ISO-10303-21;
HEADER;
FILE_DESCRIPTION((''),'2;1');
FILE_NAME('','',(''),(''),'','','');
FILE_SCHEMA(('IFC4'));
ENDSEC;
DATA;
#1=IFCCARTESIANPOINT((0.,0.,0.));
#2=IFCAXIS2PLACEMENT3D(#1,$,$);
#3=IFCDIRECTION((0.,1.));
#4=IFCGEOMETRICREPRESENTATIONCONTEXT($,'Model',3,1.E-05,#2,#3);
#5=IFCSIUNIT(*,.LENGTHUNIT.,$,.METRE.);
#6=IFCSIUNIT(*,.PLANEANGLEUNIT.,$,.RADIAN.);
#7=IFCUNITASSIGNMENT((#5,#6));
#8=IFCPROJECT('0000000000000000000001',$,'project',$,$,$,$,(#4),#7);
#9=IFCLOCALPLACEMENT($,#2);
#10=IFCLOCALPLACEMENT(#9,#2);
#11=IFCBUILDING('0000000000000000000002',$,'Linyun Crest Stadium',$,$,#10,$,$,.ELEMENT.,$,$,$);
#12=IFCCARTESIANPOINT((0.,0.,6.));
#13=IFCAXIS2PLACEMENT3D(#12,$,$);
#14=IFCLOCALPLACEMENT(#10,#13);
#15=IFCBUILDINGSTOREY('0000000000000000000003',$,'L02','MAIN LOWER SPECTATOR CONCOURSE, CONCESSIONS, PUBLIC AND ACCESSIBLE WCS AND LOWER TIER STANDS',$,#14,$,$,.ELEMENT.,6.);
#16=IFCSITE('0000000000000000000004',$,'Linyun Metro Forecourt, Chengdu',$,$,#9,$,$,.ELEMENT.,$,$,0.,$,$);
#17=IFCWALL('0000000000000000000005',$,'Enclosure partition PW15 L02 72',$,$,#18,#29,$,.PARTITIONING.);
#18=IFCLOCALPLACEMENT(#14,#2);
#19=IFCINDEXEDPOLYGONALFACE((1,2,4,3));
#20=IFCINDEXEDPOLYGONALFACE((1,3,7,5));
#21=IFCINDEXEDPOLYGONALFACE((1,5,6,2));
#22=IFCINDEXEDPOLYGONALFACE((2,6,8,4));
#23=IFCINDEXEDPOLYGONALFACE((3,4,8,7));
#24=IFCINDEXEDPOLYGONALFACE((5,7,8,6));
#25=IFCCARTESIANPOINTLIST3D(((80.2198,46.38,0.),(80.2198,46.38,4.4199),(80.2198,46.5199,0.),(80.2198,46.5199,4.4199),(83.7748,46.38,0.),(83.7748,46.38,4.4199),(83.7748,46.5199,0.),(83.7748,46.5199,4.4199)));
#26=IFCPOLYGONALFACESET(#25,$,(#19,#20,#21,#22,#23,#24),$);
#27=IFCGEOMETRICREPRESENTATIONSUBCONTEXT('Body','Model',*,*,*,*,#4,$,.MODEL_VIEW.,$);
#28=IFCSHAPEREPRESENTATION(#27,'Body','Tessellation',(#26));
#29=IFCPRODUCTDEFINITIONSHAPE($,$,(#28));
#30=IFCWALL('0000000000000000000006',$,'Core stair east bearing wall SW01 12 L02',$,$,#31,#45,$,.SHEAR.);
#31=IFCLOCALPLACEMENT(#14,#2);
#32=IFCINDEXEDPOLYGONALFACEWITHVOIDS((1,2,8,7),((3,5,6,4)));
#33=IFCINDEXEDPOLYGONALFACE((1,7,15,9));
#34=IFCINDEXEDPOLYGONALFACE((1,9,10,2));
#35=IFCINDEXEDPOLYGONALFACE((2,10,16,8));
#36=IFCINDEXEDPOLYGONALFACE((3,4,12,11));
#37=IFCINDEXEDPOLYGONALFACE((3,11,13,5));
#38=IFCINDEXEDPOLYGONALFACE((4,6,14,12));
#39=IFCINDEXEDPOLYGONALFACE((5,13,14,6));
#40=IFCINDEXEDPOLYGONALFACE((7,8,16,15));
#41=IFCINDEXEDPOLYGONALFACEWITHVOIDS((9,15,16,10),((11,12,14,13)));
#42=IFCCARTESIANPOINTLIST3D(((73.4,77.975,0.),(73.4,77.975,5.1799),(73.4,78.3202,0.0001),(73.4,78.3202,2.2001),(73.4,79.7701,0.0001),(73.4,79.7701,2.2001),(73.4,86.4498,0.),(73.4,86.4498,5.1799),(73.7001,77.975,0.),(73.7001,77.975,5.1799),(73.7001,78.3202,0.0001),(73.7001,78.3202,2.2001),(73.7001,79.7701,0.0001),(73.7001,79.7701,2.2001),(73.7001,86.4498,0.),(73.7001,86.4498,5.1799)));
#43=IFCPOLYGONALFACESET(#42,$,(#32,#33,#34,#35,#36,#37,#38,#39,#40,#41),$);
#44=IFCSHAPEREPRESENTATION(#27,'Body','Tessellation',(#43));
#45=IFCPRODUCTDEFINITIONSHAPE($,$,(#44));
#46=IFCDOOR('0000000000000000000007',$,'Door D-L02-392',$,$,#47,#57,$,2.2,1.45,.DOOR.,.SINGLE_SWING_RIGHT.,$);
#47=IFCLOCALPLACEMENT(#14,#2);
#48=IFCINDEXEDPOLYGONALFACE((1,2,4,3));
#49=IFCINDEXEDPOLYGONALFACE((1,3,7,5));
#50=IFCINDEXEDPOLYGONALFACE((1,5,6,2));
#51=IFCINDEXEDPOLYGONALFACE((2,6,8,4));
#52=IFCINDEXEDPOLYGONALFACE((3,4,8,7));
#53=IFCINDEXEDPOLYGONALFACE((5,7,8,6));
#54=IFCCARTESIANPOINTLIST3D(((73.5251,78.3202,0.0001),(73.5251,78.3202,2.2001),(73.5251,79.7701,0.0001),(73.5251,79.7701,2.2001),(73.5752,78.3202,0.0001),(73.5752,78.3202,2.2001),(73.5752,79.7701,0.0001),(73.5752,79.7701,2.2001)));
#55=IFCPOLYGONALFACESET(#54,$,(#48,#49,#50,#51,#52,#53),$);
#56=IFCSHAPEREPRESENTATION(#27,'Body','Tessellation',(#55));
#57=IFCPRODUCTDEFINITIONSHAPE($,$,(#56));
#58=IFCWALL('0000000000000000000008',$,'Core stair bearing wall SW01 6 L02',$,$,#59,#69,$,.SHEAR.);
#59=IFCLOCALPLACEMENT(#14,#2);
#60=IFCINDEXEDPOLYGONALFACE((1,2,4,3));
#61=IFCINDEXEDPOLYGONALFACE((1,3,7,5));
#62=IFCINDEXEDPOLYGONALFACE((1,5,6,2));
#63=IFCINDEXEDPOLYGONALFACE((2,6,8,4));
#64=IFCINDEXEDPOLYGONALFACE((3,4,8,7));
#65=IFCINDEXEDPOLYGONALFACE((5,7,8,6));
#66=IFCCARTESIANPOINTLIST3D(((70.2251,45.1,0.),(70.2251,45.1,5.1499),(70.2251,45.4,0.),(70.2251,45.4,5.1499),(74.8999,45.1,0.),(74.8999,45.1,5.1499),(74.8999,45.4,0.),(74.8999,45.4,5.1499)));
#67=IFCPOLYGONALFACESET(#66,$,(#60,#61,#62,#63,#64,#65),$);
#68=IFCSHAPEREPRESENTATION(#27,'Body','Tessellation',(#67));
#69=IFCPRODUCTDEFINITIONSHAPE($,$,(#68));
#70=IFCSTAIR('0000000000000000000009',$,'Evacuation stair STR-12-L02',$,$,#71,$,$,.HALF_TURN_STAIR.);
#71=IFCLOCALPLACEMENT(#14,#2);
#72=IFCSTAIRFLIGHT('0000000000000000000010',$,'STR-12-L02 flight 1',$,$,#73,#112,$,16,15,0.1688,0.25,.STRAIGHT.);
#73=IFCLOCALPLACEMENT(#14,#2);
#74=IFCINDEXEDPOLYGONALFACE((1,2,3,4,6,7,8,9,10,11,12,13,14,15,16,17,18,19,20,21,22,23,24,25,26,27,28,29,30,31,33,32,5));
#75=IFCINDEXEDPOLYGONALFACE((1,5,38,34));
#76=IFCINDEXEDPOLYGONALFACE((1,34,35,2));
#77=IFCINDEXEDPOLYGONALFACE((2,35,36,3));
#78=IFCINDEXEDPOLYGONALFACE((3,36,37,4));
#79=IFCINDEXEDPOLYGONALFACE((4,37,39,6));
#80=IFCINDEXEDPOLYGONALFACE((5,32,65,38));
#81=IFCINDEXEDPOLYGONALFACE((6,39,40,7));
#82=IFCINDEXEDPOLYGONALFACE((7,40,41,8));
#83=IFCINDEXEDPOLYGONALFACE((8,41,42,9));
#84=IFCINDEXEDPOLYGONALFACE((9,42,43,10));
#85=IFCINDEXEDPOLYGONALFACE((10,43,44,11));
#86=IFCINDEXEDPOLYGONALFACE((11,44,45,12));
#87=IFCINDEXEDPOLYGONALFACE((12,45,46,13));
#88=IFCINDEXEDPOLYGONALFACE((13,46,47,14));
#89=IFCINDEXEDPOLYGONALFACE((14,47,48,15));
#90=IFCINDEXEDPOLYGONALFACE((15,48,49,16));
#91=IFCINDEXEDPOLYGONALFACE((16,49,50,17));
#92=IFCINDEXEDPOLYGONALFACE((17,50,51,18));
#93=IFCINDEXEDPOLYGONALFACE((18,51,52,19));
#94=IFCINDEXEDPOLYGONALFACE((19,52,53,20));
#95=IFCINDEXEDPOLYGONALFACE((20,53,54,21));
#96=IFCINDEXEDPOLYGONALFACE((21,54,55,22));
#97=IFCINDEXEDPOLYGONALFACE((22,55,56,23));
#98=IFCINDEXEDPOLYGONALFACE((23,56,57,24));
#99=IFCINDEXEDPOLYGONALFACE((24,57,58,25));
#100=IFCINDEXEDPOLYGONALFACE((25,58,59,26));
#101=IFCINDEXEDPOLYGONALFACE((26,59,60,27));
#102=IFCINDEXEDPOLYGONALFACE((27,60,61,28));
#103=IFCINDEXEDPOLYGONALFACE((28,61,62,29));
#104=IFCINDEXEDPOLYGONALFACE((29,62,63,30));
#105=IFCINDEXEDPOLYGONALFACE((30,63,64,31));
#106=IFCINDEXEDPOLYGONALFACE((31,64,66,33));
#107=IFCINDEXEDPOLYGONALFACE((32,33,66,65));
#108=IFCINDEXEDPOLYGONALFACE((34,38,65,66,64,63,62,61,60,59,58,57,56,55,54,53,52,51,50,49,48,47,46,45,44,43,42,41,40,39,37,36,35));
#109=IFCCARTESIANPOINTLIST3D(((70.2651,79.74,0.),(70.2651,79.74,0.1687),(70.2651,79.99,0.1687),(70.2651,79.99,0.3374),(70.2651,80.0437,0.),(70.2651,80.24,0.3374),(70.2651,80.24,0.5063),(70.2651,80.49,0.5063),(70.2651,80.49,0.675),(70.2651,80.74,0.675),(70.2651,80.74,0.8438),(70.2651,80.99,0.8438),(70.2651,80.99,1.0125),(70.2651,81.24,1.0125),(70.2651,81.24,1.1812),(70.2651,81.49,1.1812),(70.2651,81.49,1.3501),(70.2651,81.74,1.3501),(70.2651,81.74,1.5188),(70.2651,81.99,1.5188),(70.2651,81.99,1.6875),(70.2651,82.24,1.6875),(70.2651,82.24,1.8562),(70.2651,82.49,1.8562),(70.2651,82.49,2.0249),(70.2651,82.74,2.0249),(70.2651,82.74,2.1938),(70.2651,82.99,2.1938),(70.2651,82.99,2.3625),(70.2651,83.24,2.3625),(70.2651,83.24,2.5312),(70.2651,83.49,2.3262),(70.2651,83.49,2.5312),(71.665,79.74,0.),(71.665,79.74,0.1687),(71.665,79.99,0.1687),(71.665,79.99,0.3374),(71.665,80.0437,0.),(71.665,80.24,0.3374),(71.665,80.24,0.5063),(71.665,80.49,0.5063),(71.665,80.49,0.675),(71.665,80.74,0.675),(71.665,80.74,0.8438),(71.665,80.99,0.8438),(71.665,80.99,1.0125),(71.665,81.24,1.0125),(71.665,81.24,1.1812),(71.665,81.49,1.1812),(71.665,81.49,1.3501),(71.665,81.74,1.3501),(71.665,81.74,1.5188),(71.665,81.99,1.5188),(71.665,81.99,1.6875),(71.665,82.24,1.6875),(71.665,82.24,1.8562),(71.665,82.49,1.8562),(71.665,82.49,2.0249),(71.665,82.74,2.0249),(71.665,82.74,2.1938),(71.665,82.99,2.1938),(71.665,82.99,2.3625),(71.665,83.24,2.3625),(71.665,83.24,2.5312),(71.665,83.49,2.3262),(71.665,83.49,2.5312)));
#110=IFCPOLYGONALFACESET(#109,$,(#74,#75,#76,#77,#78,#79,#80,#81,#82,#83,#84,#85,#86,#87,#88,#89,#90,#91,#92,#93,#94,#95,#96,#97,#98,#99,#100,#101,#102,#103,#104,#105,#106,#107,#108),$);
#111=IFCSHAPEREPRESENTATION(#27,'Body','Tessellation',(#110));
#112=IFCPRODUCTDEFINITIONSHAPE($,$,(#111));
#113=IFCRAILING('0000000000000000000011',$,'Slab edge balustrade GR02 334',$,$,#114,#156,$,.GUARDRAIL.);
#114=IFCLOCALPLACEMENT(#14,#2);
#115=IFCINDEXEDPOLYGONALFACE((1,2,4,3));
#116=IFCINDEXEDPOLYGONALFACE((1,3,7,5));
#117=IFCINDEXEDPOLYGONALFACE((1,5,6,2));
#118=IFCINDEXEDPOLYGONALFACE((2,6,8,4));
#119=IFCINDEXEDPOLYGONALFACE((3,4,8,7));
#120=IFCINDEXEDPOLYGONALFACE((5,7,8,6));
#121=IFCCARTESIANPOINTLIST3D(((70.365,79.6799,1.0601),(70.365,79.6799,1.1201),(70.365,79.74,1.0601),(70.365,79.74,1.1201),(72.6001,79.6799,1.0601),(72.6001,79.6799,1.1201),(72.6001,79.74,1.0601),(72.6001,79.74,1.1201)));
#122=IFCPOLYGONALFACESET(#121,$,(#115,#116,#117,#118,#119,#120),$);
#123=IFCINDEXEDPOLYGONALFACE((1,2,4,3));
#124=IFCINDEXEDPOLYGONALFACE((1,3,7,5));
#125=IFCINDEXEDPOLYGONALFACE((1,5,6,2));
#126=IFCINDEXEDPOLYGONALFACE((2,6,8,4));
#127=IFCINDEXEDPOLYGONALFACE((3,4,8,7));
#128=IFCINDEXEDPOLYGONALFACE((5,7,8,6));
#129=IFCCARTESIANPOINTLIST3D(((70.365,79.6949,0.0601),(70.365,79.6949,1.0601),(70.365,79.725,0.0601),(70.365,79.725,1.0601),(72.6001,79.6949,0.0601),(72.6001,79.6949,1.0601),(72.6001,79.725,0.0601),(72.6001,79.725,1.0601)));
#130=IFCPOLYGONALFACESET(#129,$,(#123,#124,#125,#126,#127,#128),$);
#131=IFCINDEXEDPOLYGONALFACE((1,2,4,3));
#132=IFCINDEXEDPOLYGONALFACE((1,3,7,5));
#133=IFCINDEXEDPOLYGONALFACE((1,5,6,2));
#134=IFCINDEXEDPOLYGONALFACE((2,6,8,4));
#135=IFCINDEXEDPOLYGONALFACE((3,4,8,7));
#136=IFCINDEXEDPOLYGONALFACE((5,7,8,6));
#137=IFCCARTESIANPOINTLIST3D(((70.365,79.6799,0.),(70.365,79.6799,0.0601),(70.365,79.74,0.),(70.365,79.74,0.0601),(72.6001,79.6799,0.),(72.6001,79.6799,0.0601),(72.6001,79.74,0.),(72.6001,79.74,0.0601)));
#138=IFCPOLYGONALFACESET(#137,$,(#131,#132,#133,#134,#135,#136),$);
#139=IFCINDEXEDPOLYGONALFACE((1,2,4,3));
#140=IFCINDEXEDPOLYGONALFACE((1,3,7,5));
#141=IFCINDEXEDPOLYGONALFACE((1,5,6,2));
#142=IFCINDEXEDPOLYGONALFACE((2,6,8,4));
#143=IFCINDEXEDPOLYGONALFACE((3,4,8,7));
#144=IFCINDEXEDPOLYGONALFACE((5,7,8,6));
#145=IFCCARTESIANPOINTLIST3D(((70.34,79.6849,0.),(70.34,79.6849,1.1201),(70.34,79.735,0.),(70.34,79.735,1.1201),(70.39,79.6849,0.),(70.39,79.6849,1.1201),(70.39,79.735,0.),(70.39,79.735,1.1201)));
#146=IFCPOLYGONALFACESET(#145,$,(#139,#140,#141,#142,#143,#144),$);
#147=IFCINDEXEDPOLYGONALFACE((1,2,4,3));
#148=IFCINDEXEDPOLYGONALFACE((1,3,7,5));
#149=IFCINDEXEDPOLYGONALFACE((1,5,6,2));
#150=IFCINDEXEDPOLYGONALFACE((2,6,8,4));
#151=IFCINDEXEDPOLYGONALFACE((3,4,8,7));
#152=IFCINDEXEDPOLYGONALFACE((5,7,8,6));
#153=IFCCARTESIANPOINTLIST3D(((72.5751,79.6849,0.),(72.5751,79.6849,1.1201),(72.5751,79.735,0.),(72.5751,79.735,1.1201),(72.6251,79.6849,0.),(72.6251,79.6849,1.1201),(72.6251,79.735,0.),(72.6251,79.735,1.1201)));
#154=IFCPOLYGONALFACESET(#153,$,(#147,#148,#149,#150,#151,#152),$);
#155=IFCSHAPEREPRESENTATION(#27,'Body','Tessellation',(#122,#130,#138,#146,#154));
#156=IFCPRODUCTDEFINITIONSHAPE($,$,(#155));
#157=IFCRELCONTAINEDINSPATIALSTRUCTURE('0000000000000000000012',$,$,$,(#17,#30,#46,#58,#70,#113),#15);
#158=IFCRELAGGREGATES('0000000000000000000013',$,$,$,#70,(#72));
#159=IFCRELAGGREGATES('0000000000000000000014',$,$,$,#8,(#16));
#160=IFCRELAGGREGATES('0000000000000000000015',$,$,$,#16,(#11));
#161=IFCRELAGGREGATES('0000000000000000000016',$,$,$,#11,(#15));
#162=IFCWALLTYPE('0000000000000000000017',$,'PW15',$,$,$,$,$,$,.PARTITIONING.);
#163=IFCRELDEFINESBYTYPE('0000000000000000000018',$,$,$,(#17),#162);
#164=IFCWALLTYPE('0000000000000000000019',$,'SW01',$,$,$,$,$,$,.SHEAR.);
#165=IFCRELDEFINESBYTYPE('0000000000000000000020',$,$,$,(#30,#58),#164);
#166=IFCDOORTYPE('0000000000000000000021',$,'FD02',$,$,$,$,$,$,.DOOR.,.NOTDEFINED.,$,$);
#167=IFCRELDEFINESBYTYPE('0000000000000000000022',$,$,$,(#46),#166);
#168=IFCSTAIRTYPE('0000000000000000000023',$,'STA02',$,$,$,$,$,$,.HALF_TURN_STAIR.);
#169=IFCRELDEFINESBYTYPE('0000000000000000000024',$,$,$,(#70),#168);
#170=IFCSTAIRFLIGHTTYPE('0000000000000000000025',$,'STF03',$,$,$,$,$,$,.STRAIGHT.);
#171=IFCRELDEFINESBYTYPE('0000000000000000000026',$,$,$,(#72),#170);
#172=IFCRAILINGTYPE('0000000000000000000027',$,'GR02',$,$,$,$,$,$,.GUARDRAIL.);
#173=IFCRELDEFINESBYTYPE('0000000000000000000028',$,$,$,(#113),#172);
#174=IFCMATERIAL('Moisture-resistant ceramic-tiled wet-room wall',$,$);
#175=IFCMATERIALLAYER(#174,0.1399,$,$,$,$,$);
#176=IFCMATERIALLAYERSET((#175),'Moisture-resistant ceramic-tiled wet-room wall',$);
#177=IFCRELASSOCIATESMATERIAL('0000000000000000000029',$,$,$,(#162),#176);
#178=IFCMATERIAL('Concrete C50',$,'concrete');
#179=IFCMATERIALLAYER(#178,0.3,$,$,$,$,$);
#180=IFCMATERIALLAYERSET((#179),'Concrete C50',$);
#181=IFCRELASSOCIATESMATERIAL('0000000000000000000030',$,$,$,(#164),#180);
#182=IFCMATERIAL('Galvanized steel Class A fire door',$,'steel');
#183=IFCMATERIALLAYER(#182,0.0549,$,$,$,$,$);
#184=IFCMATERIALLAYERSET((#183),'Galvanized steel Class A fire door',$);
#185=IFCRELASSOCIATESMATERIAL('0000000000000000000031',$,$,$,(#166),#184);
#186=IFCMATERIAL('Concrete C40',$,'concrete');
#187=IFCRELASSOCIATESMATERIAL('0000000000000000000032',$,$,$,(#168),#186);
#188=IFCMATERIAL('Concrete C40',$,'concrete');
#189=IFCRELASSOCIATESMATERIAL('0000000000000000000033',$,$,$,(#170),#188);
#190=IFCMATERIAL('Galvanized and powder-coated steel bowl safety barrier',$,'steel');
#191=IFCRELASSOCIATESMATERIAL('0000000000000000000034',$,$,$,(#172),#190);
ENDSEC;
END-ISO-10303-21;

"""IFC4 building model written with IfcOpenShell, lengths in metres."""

from ifc_helpers import new_model, si_unit, direction, frame, frame_2d, origin, origin_2d, place, context, subcontext, project, spatial, polyline, rectangle, outline, extrude, material, layer, layer_set, type_object, element, fill, aggregate, save


model = new_model("IFC4")

# Units and contexts
model_context = context("Model", 3, precision=1e-05, world=origin(), true_north=direction((0.0, 1.0)))
body_context = subcontext(model_context, "Body", "Model", "MODEL_VIEW")
ifc_project = project(units=[si_unit("LENGTHUNIT", "METRE"), si_unit("PLANEANGLEUNIT", "RADIAN")], contexts=[model_context])

# Site, building, storey
site_placement = place(None, origin())
site = spatial("IfcSite", under=ifc_project, at=site_placement, Name="Linyun Metro Forecourt, Chengdu", CompositionType="ELEMENT", RefElevation=0.0)
building_placement = place(site_placement, origin())
building = spatial("IfcBuilding", under=site, at=building_placement, Name="Linyun Crest Stadium", CompositionType="ELEMENT")
storey_placement = place(building_placement, frame((0.0, 0.0, 6.0)))
storey = spatial("IfcBuildingStorey", under=building, at=storey_placement, Name="L02", Description="MAIN LOWER SPECTATOR CONCOURSE, CONCESSIONS, PUBLIC AND ACCESSIBLE WCS AND LOWER TIER STANDS", CompositionType="ELEMENT", Elevation=6.0)

# Shared definitions
ifc_material_1 = material(Name="Moisture-resistant ceramic-tiled wet-room wall")
ifc_layer_1 = layer(ifc_material_1, 0.1399)
ifc_layer_set_1 = layer_set([ifc_layer_1], Name="Moisture-resistant ceramic-tiled wet-room wall")
wall_type_1 = type_object("IfcWallType", Name="PW15", PredefinedType="PARTITIONING", material=ifc_layer_set_1)

# Wall
wall_1_placement = place(storey_placement, frame((80.22, 46.45, 0.0), z_axis=(0.0, 0.0, 1.0), x_axis=(1.0, 0.0, 0.0)))
element("IfcWall", 1, at=wall_1_placement, inside=storey, type_object=wall_type_1, Name="Enclosure partition PW15 L02 72", PredefinedType="PARTITIONING", context=body_context, shape_type="SweptSolid", body=[
    extrude(rectangle(XDim=3.5549, YDim=0.1399, at=frame_2d((1.7773, 0.0))), origin(), (0.0, 0.0, 1.0), 4.4199),
])

# Wall, opening, door
ifc_material_2 = material(Name="Concrete C50", Category="concrete")
ifc_layer_2 = layer(ifc_material_2, 0.3)
ifc_layer_set_2 = layer_set([ifc_layer_2], Name="Concrete C50")
wall_type_2 = type_object("IfcWallType", Name="SW01", PredefinedType="SHEAR", material=ifc_layer_set_2)
wall_2_placement = place(storey_placement, frame((73.55, 77.9751, 0.0), z_axis=(0.0, 0.0, 1.0), x_axis=(0.0, 1.0, 0.0)))
wall_2 = element("IfcWall", 2, at=wall_2_placement, inside=storey, type_object=wall_type_2, Name="Core stair east bearing wall SW01 12 L02", PredefinedType="SHEAR", context=body_context, shape_type="SweptSolid", body=[
    extrude(rectangle(XDim=8.4749, YDim=0.3, at=frame_2d((4.2373, 0.0))), origin(), (0.0, 0.0, 1.0), 5.1799),
])
opening_1_placement = place(wall_2_placement, frame((0.345, 0.0, 0.0)))
opening_1 = element("IfcOpeningElement", 3, at=opening_1_placement, cuts=wall_2, PredefinedType="OPENING", context=body_context, shape_type="SweptSolid", body=[
    extrude(rectangle(XDim=1.45, YDim=2.2, at=frame_2d((0.7251, 1.1001))), frame((0.0, 0.1599, 0.0), z_axis=(0.0, -1.0, 0.0), x_axis=(1.0, 0.0, 0.0)), (0.0, 0.0, 1.0), 0.3201),
])
ifc_material_3 = material(Name="Galvanized steel Class A fire door", Category="steel")
ifc_layer_3 = layer(ifc_material_3, 0.0549)
ifc_layer_set_3 = layer_set([ifc_layer_3], Name="Galvanized steel Class A fire door")
door_type_1 = type_object("IfcDoorType", Name="FD02", OperationType="NOTDEFINED", PredefinedType="DOOR", material=ifc_layer_set_3)
door_1_placement = place(opening_1_placement, origin())
door_1 = element("IfcDoor", 4, at=door_1_placement, inside=storey, type_object=door_type_1, Name="Door D-L02-392", OperationType="SINGLE_SWING_RIGHT", OverallHeight=2.2, OverallWidth=1.45, PredefinedType="DOOR", context=body_context, shape_type="SweptSolid", body=[
    extrude(rectangle(XDim=1.45, YDim=2.2, at=frame_2d((0.7251, 1.1001))), frame((0.0, 0.0249, 0.0), z_axis=(0.0, -1.0, 0.0), x_axis=(1.0, 0.0, 0.0)), (0.0, 0.0, 1.0), 0.05),
])
fill(opening_1, door_1)

# Wall
wall_3_placement = place(storey_placement, frame((70.2251, 45.25, 0.0), z_axis=(0.0, 0.0, 1.0), x_axis=(1.0, 0.0, 0.0)))
element("IfcWall", 5, at=wall_3_placement, inside=storey, type_object=wall_type_2, Name="Core stair bearing wall SW01 6 L02", PredefinedType="SHEAR", context=body_context, shape_type="SweptSolid", body=[
    extrude(rectangle(XDim=4.6748, YDim=0.3, at=frame_2d((2.3374, 0.0))), origin(), (0.0, 0.0, 1.0), 5.1499),
])

# Stair, stair flight
ifc_material_4 = material(Name="Concrete C40", Category="concrete")
stair_type = type_object("IfcStairType", Name="STA02", PredefinedType="HALF_TURN_STAIR", material=ifc_material_4)
stair_placement = place(storey_placement, origin())
stair = element("IfcStair", 6, at=stair_placement, inside=storey, type_object=stair_type, Name="Evacuation stair STR-12-L02", PredefinedType="HALF_TURN_STAIR")
ifc_material_5 = material(Name="Concrete C40", Category="concrete")
stair_flight_type = type_object("IfcStairFlightType", Name="STF03", PredefinedType="STRAIGHT", material=ifc_material_5)
stair_flight_placement = place(storey_placement, frame((70.9651, 79.74, 0.0), z_axis=(0.0, 0.0, 1.0), x_axis=(0.0, 1.0, 0.0)))
stair_flight = element("IfcStairFlight", 7, at=stair_flight_placement, type_object=stair_flight_type, Name="STR-12-L02 flight 1", NumberOfRisers=16, NumberOfTreads=15, PredefinedType="STRAIGHT", RiserHeight=0.1688, TreadLength=0.25, context=body_context, shape_type="SweptSolid", body=[
    extrude(outline(polyline([(0.0, 0.0), (0.0, 0.1687), (0.25, 0.1687), (0.25, 0.3374), (0.5, 0.3374), (0.5, 0.5063), (0.75, 0.5063), (0.75, 0.675), (1.0, 0.675), (1.0, 0.8438), (1.25, 0.8438), (1.25, 1.0125), (1.5, 1.0125), (1.5, 1.1812), (1.75, 1.1812), (1.75, 1.3501), (2.0, 1.3501), (2.0, 1.5188), (2.25, 1.5188), (2.25, 1.6875), (2.5, 1.6875), (2.5, 1.8562), (2.75, 1.8562), (2.75, 2.0249), (3.0, 2.0249), (3.0, 2.1938), (3.25, 2.1938), (3.25, 2.3625), (3.5, 2.3625), (3.5, 2.5312), (3.75, 2.5312), (3.75, 2.7), (3.75, 2.3262), (0.3037, 0.0), (0.0, 0.0)])), frame((0.0, 0.7, 0.0), z_axis=(0.0, -1.0, 0.0), x_axis=(1.0, 0.0, 0.0)), (0.0, 0.0, 1.0), 1.3999),
])
aggregate(stair, [stair_flight])

# Railing
ifc_material_6 = material(Name="Galvanized and powder-coated steel bowl safety barrier", Category="steel")
railing_type_1 = type_object("IfcRailingType", Name="GR02", PredefinedType="GUARDRAIL", material=ifc_material_6)
railing_1_placement = place(storey_placement, frame((70.365, 79.71, 0.0)))
element("IfcRailing", 8, at=railing_1_placement, inside=storey, type_object=railing_type_1, Name="Slab edge balustrade GR02 334", PredefinedType="GUARDRAIL", context=body_context, shape_type="SweptSolid", body=[
    extrude(rectangle(XDim=0.0601, YDim=0.0601, at=origin_2d()), frame((0.0, 0.0, 1.0901), z_axis=(1.0, 0.0, 0.0), x_axis=(0.0, 1.0, 0.0)), (0.0, 0.0, 1.0), 2.2351),
    extrude(rectangle(XDim=0.03, YDim=1.0, at=origin_2d()), frame((0.0, 0.0, 0.5601), z_axis=(1.0, 0.0, 0.0), x_axis=(0.0, 1.0, 0.0)), (0.0, 0.0, 1.0), 2.2351),
    extrude(rectangle(XDim=0.0601, YDim=0.0601, at=origin_2d()), frame((0.0, 0.0, 0.03), z_axis=(1.0, 0.0, 0.0), x_axis=(0.0, 1.0, 0.0)), (0.0, 0.0, 1.0), 2.2351),
    extrude(rectangle(XDim=0.05, YDim=0.05, at=origin_2d()), origin(), (0.0, 0.0, 1.0), 1.1201),
    extrude(rectangle(XDim=0.05, YDim=0.05, at=origin_2d()), frame((2.2351, 0.0, 0.0)), (0.0, 0.0, 1.0), 1.1201),
])

save(model, "model.ifc")
